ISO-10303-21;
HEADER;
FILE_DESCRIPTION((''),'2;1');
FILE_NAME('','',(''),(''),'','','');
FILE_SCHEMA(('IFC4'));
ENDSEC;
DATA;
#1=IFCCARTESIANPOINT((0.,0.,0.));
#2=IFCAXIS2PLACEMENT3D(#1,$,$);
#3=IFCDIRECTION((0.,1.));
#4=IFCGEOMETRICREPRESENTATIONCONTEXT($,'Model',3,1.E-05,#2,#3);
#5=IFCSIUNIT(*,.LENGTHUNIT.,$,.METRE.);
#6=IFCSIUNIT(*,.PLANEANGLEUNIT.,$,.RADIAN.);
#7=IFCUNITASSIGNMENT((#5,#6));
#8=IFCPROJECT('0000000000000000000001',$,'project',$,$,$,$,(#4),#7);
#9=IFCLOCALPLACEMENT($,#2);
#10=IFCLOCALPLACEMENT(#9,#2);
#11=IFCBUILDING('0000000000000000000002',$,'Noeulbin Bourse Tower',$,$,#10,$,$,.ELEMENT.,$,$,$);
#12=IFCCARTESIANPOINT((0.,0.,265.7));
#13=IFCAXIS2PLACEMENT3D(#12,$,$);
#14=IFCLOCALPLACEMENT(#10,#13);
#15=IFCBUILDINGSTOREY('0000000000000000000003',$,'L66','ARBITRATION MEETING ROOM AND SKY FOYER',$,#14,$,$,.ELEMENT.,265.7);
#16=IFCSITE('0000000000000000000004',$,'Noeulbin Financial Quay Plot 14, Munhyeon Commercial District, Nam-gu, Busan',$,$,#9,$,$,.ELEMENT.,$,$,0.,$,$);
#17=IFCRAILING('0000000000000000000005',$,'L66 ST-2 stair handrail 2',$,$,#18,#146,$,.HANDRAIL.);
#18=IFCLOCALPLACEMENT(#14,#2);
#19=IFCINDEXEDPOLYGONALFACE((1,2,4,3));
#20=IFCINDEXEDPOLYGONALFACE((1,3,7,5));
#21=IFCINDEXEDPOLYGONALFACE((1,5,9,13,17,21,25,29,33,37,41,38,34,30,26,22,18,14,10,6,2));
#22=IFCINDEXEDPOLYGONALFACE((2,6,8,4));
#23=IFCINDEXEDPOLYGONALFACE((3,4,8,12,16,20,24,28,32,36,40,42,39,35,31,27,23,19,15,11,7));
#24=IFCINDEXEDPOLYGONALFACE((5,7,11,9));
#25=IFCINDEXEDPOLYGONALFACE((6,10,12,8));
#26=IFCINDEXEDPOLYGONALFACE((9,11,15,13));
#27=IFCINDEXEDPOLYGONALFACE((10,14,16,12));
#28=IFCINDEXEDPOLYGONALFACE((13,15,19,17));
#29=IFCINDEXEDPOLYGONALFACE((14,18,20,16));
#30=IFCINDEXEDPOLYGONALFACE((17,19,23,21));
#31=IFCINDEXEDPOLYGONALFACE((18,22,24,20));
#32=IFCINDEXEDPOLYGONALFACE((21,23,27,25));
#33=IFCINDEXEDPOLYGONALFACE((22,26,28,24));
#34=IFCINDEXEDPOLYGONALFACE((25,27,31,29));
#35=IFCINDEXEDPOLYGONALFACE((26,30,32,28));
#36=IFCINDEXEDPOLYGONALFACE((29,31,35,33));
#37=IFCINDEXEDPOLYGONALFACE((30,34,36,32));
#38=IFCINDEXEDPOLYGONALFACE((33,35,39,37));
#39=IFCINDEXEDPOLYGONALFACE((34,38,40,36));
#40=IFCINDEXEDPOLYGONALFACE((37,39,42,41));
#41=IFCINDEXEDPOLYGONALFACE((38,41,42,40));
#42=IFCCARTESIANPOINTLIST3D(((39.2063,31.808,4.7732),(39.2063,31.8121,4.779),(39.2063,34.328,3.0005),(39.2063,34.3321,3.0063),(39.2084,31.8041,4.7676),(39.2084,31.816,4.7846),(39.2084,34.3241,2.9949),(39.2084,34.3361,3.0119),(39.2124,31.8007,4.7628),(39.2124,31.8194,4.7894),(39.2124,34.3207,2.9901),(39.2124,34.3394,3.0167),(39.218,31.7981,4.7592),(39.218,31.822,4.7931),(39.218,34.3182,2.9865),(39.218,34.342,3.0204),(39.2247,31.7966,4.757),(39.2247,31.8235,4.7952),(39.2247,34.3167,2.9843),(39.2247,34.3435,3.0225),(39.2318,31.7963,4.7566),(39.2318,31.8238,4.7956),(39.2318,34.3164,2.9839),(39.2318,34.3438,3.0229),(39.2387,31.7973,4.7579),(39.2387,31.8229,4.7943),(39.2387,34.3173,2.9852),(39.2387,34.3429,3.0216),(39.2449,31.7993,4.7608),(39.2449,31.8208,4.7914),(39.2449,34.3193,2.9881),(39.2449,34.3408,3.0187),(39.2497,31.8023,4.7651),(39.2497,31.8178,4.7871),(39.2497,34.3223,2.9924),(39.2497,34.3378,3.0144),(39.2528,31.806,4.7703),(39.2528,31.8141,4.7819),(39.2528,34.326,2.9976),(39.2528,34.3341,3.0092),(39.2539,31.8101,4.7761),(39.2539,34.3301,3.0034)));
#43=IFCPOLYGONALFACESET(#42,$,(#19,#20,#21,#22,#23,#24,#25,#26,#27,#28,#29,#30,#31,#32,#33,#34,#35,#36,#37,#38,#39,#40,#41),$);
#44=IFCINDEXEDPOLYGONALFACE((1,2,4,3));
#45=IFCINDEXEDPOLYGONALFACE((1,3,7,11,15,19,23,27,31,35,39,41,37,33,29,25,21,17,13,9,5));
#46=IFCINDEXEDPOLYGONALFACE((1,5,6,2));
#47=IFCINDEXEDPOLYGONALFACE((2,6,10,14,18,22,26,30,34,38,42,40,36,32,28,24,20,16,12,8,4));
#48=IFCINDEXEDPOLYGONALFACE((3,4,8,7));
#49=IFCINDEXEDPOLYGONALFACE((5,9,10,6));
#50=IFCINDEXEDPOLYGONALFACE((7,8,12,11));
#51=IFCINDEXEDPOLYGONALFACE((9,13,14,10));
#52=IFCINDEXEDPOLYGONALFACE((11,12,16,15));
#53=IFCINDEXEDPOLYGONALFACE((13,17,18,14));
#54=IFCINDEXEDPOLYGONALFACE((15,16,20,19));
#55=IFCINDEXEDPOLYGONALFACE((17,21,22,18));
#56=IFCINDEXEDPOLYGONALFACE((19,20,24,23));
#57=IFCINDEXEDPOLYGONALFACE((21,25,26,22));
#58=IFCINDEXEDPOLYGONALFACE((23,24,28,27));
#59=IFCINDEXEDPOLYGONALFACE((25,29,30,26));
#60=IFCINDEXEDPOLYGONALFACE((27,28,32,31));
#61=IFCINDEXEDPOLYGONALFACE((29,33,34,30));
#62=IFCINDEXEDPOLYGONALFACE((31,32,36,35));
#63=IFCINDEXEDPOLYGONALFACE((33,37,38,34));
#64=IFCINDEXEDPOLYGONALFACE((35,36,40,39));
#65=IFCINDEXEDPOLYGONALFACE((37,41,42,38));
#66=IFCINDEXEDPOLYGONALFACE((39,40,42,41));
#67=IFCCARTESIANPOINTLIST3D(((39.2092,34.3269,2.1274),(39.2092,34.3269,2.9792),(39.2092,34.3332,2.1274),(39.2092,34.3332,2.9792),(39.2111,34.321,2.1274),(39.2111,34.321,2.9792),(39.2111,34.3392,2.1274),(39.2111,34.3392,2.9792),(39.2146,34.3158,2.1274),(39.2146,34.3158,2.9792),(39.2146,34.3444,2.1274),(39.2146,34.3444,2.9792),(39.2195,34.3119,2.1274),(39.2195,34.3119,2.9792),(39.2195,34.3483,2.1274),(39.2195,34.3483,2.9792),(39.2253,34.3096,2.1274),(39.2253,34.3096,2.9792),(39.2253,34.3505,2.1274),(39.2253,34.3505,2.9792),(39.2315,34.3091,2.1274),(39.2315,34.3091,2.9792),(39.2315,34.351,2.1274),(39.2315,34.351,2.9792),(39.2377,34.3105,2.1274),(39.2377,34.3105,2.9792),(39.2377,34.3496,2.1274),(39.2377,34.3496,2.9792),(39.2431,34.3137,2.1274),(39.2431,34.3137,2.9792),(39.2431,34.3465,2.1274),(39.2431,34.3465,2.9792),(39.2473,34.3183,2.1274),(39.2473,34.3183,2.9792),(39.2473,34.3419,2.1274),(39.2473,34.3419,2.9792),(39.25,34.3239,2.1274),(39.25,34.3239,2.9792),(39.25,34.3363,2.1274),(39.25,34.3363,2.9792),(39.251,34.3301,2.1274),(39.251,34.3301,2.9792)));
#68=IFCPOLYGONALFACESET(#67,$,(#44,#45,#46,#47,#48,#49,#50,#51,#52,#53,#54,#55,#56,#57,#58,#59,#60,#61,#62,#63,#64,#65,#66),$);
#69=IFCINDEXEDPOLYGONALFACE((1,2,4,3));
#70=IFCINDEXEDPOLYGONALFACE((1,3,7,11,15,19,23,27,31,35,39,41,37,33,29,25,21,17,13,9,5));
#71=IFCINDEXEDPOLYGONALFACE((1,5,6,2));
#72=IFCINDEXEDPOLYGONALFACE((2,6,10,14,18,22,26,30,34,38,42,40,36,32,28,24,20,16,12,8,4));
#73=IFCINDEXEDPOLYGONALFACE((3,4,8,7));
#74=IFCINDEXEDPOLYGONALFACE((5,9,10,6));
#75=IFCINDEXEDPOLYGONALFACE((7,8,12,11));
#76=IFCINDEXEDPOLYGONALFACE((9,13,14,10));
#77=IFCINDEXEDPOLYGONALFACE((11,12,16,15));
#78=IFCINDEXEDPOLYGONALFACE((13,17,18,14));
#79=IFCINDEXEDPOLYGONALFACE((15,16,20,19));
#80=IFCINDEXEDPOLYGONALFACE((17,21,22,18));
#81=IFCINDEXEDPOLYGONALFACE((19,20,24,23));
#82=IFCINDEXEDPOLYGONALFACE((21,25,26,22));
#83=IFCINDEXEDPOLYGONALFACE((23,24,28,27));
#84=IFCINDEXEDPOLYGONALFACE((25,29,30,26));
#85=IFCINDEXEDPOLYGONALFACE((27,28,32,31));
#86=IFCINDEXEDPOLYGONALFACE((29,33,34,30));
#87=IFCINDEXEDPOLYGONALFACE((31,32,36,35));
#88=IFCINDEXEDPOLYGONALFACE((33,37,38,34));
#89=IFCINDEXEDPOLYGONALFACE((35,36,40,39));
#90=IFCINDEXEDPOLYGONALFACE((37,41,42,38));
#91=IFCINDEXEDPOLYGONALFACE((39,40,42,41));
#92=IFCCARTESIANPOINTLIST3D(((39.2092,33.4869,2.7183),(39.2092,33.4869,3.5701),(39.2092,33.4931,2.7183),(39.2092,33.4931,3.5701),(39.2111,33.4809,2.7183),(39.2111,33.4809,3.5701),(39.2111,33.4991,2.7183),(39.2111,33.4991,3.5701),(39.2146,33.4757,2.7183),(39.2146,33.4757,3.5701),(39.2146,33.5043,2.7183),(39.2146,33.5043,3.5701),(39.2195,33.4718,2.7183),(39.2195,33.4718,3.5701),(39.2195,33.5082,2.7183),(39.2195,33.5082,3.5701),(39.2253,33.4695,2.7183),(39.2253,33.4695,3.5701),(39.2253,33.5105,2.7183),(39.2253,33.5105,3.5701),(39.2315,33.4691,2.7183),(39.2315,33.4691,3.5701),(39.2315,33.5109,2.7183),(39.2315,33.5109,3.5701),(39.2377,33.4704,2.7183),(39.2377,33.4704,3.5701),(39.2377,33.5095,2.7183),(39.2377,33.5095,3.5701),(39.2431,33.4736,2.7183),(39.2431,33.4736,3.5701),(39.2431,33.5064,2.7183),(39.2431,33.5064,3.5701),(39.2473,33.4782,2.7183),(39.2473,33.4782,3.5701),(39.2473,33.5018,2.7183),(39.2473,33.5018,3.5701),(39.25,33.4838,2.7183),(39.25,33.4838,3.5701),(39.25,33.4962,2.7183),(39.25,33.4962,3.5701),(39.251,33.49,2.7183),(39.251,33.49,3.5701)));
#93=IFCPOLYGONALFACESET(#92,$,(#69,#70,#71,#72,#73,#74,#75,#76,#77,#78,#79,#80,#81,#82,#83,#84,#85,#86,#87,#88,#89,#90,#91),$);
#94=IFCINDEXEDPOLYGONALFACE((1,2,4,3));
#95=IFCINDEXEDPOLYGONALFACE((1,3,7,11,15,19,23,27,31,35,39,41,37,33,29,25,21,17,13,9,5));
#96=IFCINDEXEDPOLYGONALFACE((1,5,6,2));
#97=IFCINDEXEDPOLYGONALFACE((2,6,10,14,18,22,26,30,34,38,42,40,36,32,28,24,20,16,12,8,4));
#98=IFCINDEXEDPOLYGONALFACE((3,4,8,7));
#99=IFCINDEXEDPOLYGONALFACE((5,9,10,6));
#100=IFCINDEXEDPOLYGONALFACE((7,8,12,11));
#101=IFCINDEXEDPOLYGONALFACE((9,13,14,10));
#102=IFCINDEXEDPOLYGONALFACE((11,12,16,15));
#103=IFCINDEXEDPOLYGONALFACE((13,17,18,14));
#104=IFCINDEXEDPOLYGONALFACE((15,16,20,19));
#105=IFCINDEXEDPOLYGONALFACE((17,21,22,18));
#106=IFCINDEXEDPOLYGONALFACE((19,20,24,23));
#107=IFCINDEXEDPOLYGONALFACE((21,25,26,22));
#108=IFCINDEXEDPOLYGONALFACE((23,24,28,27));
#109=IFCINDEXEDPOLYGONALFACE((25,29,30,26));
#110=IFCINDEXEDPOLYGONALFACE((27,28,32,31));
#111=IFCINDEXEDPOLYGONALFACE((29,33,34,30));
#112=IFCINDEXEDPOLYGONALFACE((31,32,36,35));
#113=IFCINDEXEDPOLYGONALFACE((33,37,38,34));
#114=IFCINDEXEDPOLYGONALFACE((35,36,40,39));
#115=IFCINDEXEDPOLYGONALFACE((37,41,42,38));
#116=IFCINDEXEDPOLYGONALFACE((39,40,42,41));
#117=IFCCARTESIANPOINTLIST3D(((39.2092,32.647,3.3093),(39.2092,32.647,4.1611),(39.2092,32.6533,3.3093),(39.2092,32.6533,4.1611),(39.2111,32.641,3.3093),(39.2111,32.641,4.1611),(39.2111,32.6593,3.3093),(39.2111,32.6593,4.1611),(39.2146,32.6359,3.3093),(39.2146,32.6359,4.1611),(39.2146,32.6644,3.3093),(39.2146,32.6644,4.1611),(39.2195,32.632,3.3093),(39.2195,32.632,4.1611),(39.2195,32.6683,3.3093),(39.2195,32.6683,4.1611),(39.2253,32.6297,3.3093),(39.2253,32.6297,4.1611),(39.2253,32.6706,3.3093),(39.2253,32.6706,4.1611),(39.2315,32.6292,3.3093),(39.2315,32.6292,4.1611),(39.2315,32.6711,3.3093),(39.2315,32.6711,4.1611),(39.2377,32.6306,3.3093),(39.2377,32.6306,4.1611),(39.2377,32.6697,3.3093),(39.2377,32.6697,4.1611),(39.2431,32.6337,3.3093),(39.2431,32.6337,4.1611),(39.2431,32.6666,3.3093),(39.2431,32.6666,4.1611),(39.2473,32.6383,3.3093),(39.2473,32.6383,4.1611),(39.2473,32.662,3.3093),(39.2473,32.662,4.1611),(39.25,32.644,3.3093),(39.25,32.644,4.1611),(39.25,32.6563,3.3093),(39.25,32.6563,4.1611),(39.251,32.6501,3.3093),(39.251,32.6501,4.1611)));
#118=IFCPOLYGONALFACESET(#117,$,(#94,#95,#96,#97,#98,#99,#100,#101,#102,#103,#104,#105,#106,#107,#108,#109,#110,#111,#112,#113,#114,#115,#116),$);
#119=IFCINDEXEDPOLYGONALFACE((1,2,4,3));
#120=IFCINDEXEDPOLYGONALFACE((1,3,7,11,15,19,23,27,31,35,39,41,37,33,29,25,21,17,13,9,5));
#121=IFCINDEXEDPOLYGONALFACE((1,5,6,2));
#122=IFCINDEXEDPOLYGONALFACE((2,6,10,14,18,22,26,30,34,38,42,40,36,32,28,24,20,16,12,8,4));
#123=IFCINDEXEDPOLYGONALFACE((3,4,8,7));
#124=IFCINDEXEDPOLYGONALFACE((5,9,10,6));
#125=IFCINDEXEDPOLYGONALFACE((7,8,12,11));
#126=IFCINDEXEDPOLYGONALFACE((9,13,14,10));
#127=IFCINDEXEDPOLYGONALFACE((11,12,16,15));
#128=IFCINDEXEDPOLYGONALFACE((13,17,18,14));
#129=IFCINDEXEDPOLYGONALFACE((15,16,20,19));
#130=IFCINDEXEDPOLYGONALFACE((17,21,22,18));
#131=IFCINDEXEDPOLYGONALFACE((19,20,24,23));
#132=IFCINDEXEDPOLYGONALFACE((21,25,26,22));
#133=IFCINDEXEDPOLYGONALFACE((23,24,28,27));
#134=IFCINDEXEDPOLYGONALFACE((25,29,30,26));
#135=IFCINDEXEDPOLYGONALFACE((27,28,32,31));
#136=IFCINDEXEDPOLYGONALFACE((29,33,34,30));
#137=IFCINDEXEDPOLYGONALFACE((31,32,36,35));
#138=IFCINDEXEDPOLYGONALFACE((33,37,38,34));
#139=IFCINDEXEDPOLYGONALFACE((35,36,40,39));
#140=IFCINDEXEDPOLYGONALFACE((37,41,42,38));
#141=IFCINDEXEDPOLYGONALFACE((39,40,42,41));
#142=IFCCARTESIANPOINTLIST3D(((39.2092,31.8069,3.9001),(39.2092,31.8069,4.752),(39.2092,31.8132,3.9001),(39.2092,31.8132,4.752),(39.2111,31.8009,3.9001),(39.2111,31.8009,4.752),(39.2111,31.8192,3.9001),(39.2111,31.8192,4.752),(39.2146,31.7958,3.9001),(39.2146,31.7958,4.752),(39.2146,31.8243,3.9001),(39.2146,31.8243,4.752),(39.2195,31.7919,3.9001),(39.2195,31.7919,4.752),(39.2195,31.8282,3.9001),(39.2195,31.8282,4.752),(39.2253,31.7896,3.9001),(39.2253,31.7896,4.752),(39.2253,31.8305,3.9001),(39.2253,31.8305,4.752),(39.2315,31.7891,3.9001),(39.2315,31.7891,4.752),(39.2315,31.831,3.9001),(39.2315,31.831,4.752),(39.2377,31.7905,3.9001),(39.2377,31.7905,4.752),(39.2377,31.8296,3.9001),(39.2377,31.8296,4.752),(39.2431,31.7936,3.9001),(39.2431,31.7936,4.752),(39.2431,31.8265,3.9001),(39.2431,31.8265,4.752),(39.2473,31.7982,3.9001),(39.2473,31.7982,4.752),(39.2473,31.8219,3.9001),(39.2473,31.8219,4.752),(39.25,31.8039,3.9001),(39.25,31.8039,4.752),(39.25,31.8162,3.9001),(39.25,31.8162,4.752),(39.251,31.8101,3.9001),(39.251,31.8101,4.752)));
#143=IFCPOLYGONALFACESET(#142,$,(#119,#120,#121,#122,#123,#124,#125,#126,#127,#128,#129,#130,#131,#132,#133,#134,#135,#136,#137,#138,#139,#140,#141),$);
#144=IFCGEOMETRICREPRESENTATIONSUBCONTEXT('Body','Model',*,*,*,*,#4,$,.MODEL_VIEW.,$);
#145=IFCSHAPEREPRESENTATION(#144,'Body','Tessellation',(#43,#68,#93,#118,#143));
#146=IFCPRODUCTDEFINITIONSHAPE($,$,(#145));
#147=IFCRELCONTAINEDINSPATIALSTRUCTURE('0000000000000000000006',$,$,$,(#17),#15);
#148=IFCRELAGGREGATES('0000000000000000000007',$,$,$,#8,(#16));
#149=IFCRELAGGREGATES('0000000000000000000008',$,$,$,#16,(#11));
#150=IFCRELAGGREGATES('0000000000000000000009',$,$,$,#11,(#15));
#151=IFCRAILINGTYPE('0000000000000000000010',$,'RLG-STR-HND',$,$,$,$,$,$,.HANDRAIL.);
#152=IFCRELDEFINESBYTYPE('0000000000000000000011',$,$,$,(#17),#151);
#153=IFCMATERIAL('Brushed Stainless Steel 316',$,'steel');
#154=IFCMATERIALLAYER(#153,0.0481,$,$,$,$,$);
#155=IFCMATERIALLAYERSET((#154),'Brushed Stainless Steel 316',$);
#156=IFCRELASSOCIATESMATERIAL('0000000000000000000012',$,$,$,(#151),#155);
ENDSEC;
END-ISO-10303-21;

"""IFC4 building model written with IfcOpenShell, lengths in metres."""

from ifc_helpers import new_model, si_unit, direction, frame, origin, origin_2d, place, context, subcontext, project, spatial, circle, extrude, material, layer, layer_set, type_object, element, save


model = new_model("IFC4")

# Units and contexts
model_context = context("Model", 3, precision=1e-05, world=origin(), true_north=direction((0.0, 1.0)))
body_context = subcontext(model_context, "Body", "Model", "MODEL_VIEW")
ifc_project = project(units=[si_unit("LENGTHUNIT", "METRE"), si_unit("PLANEANGLEUNIT", "RADIAN")], contexts=[model_context])

# Site, building, storey
site_placement = place(None, origin())
site = spatial("IfcSite", under=ifc_project, at=site_placement, Name="Noeulbin Financial Quay Plot 14, Munhyeon Commercial District, Nam-gu, Busan", CompositionType="ELEMENT", RefElevation=0.0)
building_placement = place(site_placement, origin())
building = spatial("IfcBuilding", under=site, at=building_placement, Name="Noeulbin Bourse Tower", CompositionType="ELEMENT")
storey_placement = place(building_placement, frame((0.0, 0.0, 265.7)))
storey = spatial("IfcBuildingStorey", under=building, at=storey_placement, Name="L66", Description="ARBITRATION MEETING ROOM AND SKY FOYER", CompositionType="ELEMENT", Elevation=265.7)

# Railing
ifc_material_1 = material(Name="Brushed Stainless Steel 316", Category="steel")
ifc_layer_1 = layer(ifc_material_1, 0.0481)
ifc_layer_set_1 = layer_set([ifc_layer_1], Name="Brushed Stainless Steel 316")
railing_type_1 = type_object("IfcRailingType", Name="RLG-STR-HND", PredefinedType="HANDRAIL", material=ifc_layer_set_1)
railing_1_placement = place(storey_placement, frame((39.23, 34.3301, 2.1274)))
element("IfcRailing", 1, at=railing_1_placement, inside=storey, type_object=railing_type_1, Name="L66 ST-2 stair handrail 2", PredefinedType="HANDRAIL", context=body_context, shape_type="SweptSolid", body=[
    extrude(circle(Radius=0.0239, at=origin_2d()), frame((0.0, 0.0, 0.876), z_axis=(0.0, -0.817904, 0.575354), x_axis=(1.0, 0.0, 0.0)), (0.0, 0.0, 1.0), 3.0811),
    extrude(circle(Radius=0.021, at=origin_2d()), origin(), (0.0, 0.0, 1.0), 0.8518),
    extrude(circle(Radius=0.021, at=origin_2d()), frame((0.0, -0.8401, 0.5908)), (0.0, 0.0, 1.0), 0.8518),
    extrude(circle(Radius=0.021, at=origin_2d()), frame((0.0, -1.6799, 1.1819)), (0.0, 0.0, 1.0), 0.8518),
    extrude(circle(Radius=0.021, at=origin_2d()), frame((0.0, -2.52, 1.7727)), (0.0, 0.0, 1.0), 0.8518),
])

save(model, "model.ifc")
